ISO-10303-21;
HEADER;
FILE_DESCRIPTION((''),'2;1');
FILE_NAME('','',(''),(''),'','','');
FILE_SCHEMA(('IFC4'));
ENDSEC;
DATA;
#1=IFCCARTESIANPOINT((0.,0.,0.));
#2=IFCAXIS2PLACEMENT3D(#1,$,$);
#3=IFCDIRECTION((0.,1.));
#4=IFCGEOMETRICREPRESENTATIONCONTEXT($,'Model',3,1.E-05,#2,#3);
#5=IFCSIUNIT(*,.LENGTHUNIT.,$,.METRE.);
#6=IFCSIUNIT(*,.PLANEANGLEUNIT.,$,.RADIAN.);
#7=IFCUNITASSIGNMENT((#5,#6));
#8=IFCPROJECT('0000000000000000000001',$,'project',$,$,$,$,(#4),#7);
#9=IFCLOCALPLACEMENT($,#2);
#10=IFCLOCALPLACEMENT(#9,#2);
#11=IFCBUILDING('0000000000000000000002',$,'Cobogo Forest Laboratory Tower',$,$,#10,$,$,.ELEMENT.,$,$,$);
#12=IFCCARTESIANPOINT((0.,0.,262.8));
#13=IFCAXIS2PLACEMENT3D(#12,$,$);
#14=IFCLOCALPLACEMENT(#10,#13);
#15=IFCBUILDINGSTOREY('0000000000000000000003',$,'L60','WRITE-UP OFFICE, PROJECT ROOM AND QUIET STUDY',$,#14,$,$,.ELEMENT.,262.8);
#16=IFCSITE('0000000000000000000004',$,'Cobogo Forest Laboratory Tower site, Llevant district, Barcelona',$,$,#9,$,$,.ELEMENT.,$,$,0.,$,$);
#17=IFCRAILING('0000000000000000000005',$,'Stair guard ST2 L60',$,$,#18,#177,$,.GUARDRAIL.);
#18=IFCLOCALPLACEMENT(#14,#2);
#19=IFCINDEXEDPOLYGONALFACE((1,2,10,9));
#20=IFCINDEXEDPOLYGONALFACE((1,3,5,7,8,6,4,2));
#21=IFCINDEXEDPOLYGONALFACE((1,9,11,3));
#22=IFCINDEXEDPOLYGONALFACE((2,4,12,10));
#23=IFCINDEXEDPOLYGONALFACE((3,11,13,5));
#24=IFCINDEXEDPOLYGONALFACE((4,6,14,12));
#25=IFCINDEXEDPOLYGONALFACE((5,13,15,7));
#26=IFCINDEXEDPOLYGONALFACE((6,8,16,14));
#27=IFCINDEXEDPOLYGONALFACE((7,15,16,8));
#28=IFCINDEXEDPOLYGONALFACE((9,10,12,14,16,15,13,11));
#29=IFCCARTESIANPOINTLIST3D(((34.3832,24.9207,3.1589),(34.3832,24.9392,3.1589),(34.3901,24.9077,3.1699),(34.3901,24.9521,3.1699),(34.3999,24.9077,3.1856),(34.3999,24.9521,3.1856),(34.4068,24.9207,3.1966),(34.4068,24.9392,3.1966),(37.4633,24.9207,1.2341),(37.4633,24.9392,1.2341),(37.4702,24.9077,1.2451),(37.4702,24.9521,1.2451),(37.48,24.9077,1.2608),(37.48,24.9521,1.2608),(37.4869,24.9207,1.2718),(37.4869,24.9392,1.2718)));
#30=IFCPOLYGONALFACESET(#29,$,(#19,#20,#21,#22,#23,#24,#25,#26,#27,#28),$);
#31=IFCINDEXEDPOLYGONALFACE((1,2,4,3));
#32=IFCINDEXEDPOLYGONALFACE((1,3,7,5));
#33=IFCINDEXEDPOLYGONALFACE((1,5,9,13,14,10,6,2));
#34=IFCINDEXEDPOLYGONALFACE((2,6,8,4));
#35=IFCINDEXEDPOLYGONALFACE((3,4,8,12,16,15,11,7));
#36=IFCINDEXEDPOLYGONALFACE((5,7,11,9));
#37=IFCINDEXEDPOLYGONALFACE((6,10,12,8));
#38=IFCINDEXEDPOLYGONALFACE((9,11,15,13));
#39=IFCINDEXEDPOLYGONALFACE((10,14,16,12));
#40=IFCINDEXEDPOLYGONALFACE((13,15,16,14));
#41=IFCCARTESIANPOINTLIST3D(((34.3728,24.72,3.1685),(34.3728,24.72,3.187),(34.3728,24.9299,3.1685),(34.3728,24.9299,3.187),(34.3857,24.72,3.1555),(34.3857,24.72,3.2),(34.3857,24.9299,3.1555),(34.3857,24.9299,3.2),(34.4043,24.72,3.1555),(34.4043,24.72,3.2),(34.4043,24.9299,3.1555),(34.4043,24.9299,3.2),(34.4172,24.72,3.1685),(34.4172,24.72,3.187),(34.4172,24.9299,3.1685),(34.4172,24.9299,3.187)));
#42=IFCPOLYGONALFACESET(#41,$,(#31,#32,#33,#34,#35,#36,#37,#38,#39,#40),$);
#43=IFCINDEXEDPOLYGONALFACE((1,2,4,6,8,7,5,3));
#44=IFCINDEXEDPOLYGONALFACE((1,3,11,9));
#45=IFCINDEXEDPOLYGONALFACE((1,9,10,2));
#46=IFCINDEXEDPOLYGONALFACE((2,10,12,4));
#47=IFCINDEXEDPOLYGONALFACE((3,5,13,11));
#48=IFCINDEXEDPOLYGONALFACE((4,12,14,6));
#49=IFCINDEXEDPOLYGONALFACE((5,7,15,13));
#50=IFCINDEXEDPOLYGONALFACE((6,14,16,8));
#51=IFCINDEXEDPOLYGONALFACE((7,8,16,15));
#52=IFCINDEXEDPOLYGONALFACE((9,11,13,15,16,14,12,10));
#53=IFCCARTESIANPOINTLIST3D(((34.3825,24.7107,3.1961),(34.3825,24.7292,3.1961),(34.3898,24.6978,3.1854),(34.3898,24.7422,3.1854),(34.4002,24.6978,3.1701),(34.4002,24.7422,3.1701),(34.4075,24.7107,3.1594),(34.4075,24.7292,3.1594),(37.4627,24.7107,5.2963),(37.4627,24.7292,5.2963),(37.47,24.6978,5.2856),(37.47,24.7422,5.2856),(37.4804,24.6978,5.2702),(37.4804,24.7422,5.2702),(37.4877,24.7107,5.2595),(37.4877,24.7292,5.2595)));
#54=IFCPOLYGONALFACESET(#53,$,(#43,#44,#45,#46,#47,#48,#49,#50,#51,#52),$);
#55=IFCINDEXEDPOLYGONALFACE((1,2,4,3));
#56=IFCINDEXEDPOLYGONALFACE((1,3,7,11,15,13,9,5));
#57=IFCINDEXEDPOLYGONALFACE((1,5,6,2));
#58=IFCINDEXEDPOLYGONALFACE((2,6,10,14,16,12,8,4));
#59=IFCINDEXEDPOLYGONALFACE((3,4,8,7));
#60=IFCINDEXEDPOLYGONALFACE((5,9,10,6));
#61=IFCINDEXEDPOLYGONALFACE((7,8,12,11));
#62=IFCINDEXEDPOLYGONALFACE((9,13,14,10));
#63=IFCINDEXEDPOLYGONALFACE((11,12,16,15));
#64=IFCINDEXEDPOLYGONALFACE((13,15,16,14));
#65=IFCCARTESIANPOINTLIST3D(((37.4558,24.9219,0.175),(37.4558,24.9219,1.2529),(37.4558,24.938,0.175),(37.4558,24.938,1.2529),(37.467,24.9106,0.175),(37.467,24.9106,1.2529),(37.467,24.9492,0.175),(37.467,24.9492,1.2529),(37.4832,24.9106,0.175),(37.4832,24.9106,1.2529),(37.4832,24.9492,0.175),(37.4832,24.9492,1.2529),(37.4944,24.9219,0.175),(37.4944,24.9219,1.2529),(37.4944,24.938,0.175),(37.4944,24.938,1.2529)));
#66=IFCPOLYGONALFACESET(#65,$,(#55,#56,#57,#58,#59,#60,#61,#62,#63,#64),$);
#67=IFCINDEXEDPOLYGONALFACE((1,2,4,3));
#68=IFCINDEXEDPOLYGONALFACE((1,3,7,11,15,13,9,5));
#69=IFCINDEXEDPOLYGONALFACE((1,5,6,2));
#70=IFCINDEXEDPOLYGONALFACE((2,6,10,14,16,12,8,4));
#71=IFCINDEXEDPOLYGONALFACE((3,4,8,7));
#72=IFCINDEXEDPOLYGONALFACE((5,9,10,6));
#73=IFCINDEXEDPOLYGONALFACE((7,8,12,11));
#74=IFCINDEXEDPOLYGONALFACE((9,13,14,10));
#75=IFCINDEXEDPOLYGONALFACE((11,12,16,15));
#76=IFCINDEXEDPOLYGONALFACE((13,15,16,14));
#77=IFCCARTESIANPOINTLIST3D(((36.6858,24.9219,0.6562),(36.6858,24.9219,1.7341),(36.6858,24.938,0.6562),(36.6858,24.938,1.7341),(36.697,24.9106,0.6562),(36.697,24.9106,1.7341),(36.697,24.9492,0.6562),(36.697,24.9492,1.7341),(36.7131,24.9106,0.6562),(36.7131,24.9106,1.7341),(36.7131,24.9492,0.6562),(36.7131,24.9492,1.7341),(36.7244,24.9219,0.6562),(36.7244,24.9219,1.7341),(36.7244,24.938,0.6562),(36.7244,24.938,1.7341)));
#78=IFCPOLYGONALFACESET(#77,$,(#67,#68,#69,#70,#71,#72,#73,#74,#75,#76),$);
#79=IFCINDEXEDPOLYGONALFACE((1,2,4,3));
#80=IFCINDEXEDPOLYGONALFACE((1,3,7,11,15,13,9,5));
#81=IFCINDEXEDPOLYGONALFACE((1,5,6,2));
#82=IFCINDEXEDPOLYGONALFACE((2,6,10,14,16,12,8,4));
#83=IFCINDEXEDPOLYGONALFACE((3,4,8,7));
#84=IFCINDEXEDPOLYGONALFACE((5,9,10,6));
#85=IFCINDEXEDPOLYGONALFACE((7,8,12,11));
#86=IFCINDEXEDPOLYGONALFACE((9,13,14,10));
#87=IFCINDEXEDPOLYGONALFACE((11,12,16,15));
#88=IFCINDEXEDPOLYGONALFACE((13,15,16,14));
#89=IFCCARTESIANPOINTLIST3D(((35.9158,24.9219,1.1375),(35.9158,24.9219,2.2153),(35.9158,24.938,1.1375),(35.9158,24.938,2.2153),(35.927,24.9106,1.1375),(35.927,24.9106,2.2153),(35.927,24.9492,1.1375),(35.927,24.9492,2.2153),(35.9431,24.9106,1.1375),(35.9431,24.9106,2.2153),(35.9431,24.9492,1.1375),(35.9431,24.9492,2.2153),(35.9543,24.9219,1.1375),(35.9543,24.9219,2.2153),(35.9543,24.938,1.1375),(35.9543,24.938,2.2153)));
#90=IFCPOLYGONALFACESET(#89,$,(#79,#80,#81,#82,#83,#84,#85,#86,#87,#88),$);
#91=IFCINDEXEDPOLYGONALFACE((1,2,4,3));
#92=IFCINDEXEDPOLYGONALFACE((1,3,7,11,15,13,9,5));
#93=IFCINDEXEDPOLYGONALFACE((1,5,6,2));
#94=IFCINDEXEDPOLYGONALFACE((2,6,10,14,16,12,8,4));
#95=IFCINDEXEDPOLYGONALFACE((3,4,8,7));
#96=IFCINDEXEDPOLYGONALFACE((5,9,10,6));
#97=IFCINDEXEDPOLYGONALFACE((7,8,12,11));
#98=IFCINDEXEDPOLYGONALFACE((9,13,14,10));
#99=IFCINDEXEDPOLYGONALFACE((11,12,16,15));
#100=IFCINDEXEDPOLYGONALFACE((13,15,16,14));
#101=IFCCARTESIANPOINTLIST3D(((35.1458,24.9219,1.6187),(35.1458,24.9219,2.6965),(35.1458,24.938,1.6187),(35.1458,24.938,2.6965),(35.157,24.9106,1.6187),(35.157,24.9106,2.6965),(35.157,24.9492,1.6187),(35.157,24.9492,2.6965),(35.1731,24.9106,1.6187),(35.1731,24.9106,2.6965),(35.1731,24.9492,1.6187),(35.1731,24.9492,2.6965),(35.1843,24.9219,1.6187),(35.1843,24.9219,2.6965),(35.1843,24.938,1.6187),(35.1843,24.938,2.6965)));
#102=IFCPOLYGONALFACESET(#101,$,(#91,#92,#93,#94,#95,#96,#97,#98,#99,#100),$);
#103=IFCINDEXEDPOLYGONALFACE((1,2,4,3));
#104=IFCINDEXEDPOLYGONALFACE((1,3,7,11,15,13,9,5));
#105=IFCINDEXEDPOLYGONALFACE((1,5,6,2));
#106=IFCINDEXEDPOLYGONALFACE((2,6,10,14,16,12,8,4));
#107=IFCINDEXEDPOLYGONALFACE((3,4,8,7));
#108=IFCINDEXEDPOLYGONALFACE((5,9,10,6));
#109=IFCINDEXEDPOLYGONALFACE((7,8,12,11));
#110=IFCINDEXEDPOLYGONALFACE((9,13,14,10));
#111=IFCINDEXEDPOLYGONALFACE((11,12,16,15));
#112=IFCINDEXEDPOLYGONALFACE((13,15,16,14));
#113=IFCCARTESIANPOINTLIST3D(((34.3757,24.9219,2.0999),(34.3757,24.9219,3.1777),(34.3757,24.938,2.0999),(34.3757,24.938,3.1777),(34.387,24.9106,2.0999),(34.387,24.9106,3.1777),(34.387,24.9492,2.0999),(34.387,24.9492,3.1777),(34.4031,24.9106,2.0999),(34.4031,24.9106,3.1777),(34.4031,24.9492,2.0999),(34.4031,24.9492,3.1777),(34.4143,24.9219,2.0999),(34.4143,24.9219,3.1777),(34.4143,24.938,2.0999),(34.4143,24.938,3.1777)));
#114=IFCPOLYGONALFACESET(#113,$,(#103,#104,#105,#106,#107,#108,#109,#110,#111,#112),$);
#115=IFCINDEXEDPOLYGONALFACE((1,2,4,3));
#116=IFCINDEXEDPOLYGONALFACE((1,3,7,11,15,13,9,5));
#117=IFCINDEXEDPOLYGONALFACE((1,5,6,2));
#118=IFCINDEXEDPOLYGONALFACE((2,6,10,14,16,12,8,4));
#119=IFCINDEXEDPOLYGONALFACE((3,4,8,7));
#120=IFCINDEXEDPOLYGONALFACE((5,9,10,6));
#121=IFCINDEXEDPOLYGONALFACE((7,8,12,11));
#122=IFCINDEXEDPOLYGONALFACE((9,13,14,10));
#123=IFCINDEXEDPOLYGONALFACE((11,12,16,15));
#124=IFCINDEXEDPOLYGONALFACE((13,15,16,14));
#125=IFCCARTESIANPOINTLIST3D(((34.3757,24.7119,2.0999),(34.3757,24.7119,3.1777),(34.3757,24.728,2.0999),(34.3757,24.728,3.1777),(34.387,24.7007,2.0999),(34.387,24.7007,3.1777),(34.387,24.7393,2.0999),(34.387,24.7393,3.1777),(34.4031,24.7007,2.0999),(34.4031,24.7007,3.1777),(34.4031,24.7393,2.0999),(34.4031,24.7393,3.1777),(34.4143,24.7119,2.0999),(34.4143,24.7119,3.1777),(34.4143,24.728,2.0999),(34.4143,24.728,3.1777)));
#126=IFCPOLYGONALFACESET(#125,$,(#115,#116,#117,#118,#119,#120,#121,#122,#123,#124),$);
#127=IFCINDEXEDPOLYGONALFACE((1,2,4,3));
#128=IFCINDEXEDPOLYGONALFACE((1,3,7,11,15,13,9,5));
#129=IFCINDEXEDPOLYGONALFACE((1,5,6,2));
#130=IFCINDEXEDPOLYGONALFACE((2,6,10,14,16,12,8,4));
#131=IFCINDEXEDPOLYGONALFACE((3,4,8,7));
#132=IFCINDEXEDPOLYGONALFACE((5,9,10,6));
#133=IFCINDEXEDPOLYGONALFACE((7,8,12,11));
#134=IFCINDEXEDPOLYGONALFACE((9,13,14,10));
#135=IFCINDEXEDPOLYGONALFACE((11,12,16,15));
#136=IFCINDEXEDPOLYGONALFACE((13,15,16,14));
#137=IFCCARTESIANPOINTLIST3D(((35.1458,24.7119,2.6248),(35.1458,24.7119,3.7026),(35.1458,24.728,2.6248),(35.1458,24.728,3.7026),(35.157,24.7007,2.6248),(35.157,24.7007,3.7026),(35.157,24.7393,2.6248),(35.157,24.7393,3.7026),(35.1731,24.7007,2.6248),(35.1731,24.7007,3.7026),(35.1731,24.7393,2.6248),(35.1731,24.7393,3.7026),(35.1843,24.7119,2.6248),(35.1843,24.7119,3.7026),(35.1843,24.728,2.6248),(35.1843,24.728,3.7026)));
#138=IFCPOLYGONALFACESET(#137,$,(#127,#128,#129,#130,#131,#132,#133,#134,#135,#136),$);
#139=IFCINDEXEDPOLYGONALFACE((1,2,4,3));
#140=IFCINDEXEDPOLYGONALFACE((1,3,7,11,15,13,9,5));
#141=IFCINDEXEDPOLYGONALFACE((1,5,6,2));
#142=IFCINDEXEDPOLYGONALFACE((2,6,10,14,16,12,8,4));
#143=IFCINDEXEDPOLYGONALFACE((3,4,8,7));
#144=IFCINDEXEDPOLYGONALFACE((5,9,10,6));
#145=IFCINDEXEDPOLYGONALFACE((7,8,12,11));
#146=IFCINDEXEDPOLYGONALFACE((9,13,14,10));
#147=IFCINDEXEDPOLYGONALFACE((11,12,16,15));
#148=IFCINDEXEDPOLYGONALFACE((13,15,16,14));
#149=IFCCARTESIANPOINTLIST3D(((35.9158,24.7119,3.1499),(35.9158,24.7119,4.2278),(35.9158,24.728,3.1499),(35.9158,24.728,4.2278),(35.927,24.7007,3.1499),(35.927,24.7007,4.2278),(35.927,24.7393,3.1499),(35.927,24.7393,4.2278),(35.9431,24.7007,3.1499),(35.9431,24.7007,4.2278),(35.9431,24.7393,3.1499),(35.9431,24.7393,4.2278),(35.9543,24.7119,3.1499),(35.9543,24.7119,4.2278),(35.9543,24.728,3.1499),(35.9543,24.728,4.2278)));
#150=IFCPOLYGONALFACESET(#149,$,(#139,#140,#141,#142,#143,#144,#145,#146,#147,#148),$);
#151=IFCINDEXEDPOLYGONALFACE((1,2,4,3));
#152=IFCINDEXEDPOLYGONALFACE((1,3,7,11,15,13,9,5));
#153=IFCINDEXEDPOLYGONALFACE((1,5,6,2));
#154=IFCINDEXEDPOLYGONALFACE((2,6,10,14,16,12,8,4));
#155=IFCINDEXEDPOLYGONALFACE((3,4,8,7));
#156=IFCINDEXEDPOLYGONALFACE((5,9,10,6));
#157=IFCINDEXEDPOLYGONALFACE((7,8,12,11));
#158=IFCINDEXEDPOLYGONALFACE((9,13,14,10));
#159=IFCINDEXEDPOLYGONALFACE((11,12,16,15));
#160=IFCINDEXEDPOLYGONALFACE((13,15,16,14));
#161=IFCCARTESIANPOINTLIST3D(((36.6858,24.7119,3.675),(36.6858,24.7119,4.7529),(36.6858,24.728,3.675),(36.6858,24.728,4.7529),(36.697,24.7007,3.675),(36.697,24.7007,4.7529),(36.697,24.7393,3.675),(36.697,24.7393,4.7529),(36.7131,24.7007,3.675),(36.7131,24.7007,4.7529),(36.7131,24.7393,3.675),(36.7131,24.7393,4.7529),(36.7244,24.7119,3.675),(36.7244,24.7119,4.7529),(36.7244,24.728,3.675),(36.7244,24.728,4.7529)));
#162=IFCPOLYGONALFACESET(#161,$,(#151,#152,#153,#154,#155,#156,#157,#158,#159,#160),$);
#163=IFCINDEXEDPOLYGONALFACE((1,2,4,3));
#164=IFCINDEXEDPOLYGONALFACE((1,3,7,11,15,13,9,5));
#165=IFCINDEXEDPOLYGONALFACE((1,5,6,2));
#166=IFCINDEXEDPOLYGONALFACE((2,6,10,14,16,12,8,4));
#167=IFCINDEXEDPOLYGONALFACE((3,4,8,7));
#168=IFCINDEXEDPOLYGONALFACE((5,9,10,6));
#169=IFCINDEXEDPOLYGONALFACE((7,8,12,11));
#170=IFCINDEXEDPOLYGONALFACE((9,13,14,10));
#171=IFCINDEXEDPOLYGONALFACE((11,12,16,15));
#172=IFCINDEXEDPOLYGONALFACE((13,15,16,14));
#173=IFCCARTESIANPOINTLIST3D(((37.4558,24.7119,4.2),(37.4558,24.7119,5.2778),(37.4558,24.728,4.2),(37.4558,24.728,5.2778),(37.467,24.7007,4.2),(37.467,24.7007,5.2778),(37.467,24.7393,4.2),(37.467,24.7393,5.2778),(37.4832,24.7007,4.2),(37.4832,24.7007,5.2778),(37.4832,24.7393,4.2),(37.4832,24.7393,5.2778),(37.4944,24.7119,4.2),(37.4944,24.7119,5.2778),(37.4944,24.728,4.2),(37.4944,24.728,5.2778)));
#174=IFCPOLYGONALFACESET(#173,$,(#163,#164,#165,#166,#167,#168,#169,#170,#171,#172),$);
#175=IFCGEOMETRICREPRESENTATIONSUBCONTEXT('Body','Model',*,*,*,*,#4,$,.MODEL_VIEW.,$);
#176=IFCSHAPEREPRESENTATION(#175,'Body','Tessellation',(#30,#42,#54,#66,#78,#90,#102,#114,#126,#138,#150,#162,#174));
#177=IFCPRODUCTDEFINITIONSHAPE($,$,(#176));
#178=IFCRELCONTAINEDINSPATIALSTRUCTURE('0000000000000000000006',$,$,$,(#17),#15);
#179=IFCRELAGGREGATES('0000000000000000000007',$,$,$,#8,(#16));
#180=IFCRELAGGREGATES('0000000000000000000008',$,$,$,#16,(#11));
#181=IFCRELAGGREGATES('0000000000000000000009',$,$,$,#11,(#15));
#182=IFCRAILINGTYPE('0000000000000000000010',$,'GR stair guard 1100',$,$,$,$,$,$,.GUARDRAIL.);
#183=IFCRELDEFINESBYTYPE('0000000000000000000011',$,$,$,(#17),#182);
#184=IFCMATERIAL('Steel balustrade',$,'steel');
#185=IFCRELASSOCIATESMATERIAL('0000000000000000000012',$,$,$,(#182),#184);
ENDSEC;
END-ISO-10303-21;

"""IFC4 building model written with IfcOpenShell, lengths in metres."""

from ifc_helpers import new_model, si_unit, direction, frame, origin, place, context, subcontext, project, spatial, polyline, outline, extrude, material, type_object, element, save


model = new_model("IFC4")

# Units and contexts
model_context = context("Model", 3, precision=1e-05, world=origin(), true_north=direction((0.0, 1.0)))
body_context = subcontext(model_context, "Body", "Model", "MODEL_VIEW")
ifc_project = project(units=[si_unit("LENGTHUNIT", "METRE"), si_unit("PLANEANGLEUNIT", "RADIAN")], contexts=[model_context])

# Site, building, storey
site_placement = place(None, origin())
site = spatial("IfcSite", under=ifc_project, at=site_placement, Name="Cobogo Forest Laboratory Tower site, Llevant district, Barcelona", CompositionType="ELEMENT", RefElevation=0.0)
building_placement = place(site_placement, origin())
building = spatial("IfcBuilding", under=site, at=building_placement, Name="Cobogo Forest Laboratory Tower", CompositionType="ELEMENT")
storey_placement = place(building_placement, frame((0.0, 0.0, 262.8)))
storey = spatial("IfcBuildingStorey", under=building, at=storey_placement, Name="L60", Description="WRITE-UP OFFICE, PROJECT ROOM AND QUIET STUDY", CompositionType="ELEMENT", Elevation=262.8)

# Railing
ifc_material_1 = material(Name="Steel balustrade", Category="steel")
railing_type_1 = type_object("IfcRailingType", Name="GR stair guard 1100", PredefinedType="GUARDRAIL", material=ifc_material_1)
railing_1_placement = place(storey_placement, frame((37.4751, 24.9299, 0.175)))
element("IfcRailing", 1, at=railing_1_placement, inside=storey, type_object=railing_type_1, Name="Stair guard ST2 L60", PredefinedType="GUARDRAIL", context=body_context, shape_type="SweptSolid", body=[
    extrude(outline(polyline([(0.0222, 0.0093), (0.0093, 0.0222), (-0.0093, 0.0222), (-0.0222, 0.0093), (-0.0222, -0.0093), (-0.0093, -0.0222), (0.0093, -0.0222), (0.0222, -0.0093), (0.0222, 0.0093)])), frame((0.0, 0.0, 1.0779), z_axis=(-0.848029, 0.0, 0.529951), x_axis=(0.0, -1.0, 0.0)), (0.0, 0.0, 1.0), 3.6321),
    extrude(outline(polyline([(0.0222, 0.0093), (0.0093, 0.0222), (-0.0093, 0.0222), (-0.0222, 0.0093), (-0.0222, -0.0093), (-0.0093, -0.0222), (0.0093, -0.0222), (0.0222, -0.0093), (0.0222, 0.0093)])), frame((-3.0801, 0.0, 3.0027), z_axis=(0.0, -1.0, 0.0), x_axis=(1.0, 0.0, 0.0)), (0.0, 0.0, 1.0), 0.21),
    extrude(outline(polyline([(0.0222, 0.0093), (0.0093, 0.0222), (-0.0093, 0.0222), (-0.0222, 0.0093), (-0.0222, -0.0093), (-0.0093, -0.0222), (0.0093, -0.0222), (0.0222, -0.0093), (0.0222, 0.0093)])), frame((-3.0801, -0.21, 3.0027), z_axis=(0.826222, 0.0, 0.563345), x_axis=(0.0, 1.0, 0.0)), (0.0, 0.0, 1.0), 3.728),
    extrude(outline(polyline([(0.0193, 0.0081), (0.0081, 0.0193), (-0.0081, 0.0193), (-0.0193, 0.0081), (-0.0193, -0.0081), (-0.0081, -0.0193), (0.0081, -0.0193), (0.0193, -0.0081), (0.0193, 0.0081)])), origin(), (0.0, 0.0, 1.0), 1.0779),
    extrude(outline(polyline([(0.0193, 0.0081), (0.0081, 0.0193), (-0.0081, 0.0193), (-0.0193, 0.0081), (-0.0193, -0.0081), (-0.0081, -0.0193), (0.0081, -0.0193), (0.0193, -0.0081), (0.0193, 0.0081)])), frame((-0.77, 0.0, 0.4812)), (0.0, 0.0, 1.0), 1.0779),
    extrude(outline(polyline([(0.0193, 0.0081), (0.0081, 0.0193), (-0.0081, 0.0193), (-0.0193, 0.0081), (-0.0193, -0.0081), (-0.0081, -0.0193), (0.0081, -0.0193), (0.0193, -0.0081), (0.0193, 0.0081)])), frame((-1.54, 0.0, 0.9624)), (0.0, 0.0, 1.0), 1.0779),
    extrude(outline(polyline([(0.0193, 0.0081), (0.0081, 0.0193), (-0.0081, 0.0193), (-0.0193, 0.0081), (-0.0193, -0.0081), (-0.0081, -0.0193), (0.0081, -0.0193), (0.0193, -0.0081), (0.0193, 0.0081)])), frame((-2.3101, 0.0, 1.4436)), (0.0, 0.0, 1.0), 1.0779),
    extrude(outline(polyline([(0.0193, 0.0081), (0.0081, 0.0193), (-0.0081, 0.0193), (-0.0193, 0.0081), (-0.0193, -0.0081), (-0.0081, -0.0193), (0.0081, -0.0193), (0.0193, -0.0081), (0.0193, 0.0081)])), frame((-3.0801, 0.0, 1.9248)), (0.0, 0.0, 1.0), 1.0779),
    extrude(outline(polyline([(0.0193, 0.0081), (0.0081, 0.0193), (-0.0081, 0.0193), (-0.0193, 0.0081), (-0.0193, -0.0081), (-0.0081, -0.0193), (0.0081, -0.0193), (0.0193, -0.0081), (0.0193, 0.0081)])), frame((-3.0801, -0.21, 1.9248)), (0.0, 0.0, 1.0), 1.0779),
    extrude(outline(polyline([(0.0193, 0.0081), (0.0081, 0.0193), (-0.0081, 0.0193), (-0.0193, 0.0081), (-0.0193, -0.0081), (-0.0081, -0.0193), (0.0081, -0.0193), (0.0193, -0.0081), (0.0193, 0.0081)])), frame((-2.3101, -0.21, 2.4497)), (0.0, 0.0, 1.0), 1.0779),
    extrude(outline(polyline([(0.0193, 0.0081), (0.0081, 0.0193), (-0.0081, 0.0193), (-0.0193, 0.0081), (-0.0193, -0.0081), (-0.0081, -0.0193), (0.0081, -0.0193), (0.0193, -0.0081), (0.0193, 0.0081)])), frame((-1.54, -0.21, 2.9749)), (0.0, 0.0, 1.0), 1.0779),
    extrude(outline(polyline([(0.0193, 0.0081), (0.0081, 0.0193), (-0.0081, 0.0193), (-0.0193, 0.0081), (-0.0193, -0.0081), (-0.0081, -0.0193), (0.0081, -0.0193), (0.0193, -0.0081), (0.0193, 0.0081)])), frame((-0.77, -0.21, 3.5)), (0.0, 0.0, 1.0), 1.0779),
    extrude(outline(polyline([(0.0193, 0.0081), (0.0081, 0.0193), (-0.0081, 0.0193), (-0.0193, 0.0081), (-0.0193, -0.0081), (-0.0081, -0.0193), (0.0081, -0.0193), (0.0193, -0.0081), (0.0193, 0.0081)])), frame((0.0, -0.21, 4.0249)), (0.0, 0.0, 1.0), 1.0779),
])

save(model, "model.ifc")
